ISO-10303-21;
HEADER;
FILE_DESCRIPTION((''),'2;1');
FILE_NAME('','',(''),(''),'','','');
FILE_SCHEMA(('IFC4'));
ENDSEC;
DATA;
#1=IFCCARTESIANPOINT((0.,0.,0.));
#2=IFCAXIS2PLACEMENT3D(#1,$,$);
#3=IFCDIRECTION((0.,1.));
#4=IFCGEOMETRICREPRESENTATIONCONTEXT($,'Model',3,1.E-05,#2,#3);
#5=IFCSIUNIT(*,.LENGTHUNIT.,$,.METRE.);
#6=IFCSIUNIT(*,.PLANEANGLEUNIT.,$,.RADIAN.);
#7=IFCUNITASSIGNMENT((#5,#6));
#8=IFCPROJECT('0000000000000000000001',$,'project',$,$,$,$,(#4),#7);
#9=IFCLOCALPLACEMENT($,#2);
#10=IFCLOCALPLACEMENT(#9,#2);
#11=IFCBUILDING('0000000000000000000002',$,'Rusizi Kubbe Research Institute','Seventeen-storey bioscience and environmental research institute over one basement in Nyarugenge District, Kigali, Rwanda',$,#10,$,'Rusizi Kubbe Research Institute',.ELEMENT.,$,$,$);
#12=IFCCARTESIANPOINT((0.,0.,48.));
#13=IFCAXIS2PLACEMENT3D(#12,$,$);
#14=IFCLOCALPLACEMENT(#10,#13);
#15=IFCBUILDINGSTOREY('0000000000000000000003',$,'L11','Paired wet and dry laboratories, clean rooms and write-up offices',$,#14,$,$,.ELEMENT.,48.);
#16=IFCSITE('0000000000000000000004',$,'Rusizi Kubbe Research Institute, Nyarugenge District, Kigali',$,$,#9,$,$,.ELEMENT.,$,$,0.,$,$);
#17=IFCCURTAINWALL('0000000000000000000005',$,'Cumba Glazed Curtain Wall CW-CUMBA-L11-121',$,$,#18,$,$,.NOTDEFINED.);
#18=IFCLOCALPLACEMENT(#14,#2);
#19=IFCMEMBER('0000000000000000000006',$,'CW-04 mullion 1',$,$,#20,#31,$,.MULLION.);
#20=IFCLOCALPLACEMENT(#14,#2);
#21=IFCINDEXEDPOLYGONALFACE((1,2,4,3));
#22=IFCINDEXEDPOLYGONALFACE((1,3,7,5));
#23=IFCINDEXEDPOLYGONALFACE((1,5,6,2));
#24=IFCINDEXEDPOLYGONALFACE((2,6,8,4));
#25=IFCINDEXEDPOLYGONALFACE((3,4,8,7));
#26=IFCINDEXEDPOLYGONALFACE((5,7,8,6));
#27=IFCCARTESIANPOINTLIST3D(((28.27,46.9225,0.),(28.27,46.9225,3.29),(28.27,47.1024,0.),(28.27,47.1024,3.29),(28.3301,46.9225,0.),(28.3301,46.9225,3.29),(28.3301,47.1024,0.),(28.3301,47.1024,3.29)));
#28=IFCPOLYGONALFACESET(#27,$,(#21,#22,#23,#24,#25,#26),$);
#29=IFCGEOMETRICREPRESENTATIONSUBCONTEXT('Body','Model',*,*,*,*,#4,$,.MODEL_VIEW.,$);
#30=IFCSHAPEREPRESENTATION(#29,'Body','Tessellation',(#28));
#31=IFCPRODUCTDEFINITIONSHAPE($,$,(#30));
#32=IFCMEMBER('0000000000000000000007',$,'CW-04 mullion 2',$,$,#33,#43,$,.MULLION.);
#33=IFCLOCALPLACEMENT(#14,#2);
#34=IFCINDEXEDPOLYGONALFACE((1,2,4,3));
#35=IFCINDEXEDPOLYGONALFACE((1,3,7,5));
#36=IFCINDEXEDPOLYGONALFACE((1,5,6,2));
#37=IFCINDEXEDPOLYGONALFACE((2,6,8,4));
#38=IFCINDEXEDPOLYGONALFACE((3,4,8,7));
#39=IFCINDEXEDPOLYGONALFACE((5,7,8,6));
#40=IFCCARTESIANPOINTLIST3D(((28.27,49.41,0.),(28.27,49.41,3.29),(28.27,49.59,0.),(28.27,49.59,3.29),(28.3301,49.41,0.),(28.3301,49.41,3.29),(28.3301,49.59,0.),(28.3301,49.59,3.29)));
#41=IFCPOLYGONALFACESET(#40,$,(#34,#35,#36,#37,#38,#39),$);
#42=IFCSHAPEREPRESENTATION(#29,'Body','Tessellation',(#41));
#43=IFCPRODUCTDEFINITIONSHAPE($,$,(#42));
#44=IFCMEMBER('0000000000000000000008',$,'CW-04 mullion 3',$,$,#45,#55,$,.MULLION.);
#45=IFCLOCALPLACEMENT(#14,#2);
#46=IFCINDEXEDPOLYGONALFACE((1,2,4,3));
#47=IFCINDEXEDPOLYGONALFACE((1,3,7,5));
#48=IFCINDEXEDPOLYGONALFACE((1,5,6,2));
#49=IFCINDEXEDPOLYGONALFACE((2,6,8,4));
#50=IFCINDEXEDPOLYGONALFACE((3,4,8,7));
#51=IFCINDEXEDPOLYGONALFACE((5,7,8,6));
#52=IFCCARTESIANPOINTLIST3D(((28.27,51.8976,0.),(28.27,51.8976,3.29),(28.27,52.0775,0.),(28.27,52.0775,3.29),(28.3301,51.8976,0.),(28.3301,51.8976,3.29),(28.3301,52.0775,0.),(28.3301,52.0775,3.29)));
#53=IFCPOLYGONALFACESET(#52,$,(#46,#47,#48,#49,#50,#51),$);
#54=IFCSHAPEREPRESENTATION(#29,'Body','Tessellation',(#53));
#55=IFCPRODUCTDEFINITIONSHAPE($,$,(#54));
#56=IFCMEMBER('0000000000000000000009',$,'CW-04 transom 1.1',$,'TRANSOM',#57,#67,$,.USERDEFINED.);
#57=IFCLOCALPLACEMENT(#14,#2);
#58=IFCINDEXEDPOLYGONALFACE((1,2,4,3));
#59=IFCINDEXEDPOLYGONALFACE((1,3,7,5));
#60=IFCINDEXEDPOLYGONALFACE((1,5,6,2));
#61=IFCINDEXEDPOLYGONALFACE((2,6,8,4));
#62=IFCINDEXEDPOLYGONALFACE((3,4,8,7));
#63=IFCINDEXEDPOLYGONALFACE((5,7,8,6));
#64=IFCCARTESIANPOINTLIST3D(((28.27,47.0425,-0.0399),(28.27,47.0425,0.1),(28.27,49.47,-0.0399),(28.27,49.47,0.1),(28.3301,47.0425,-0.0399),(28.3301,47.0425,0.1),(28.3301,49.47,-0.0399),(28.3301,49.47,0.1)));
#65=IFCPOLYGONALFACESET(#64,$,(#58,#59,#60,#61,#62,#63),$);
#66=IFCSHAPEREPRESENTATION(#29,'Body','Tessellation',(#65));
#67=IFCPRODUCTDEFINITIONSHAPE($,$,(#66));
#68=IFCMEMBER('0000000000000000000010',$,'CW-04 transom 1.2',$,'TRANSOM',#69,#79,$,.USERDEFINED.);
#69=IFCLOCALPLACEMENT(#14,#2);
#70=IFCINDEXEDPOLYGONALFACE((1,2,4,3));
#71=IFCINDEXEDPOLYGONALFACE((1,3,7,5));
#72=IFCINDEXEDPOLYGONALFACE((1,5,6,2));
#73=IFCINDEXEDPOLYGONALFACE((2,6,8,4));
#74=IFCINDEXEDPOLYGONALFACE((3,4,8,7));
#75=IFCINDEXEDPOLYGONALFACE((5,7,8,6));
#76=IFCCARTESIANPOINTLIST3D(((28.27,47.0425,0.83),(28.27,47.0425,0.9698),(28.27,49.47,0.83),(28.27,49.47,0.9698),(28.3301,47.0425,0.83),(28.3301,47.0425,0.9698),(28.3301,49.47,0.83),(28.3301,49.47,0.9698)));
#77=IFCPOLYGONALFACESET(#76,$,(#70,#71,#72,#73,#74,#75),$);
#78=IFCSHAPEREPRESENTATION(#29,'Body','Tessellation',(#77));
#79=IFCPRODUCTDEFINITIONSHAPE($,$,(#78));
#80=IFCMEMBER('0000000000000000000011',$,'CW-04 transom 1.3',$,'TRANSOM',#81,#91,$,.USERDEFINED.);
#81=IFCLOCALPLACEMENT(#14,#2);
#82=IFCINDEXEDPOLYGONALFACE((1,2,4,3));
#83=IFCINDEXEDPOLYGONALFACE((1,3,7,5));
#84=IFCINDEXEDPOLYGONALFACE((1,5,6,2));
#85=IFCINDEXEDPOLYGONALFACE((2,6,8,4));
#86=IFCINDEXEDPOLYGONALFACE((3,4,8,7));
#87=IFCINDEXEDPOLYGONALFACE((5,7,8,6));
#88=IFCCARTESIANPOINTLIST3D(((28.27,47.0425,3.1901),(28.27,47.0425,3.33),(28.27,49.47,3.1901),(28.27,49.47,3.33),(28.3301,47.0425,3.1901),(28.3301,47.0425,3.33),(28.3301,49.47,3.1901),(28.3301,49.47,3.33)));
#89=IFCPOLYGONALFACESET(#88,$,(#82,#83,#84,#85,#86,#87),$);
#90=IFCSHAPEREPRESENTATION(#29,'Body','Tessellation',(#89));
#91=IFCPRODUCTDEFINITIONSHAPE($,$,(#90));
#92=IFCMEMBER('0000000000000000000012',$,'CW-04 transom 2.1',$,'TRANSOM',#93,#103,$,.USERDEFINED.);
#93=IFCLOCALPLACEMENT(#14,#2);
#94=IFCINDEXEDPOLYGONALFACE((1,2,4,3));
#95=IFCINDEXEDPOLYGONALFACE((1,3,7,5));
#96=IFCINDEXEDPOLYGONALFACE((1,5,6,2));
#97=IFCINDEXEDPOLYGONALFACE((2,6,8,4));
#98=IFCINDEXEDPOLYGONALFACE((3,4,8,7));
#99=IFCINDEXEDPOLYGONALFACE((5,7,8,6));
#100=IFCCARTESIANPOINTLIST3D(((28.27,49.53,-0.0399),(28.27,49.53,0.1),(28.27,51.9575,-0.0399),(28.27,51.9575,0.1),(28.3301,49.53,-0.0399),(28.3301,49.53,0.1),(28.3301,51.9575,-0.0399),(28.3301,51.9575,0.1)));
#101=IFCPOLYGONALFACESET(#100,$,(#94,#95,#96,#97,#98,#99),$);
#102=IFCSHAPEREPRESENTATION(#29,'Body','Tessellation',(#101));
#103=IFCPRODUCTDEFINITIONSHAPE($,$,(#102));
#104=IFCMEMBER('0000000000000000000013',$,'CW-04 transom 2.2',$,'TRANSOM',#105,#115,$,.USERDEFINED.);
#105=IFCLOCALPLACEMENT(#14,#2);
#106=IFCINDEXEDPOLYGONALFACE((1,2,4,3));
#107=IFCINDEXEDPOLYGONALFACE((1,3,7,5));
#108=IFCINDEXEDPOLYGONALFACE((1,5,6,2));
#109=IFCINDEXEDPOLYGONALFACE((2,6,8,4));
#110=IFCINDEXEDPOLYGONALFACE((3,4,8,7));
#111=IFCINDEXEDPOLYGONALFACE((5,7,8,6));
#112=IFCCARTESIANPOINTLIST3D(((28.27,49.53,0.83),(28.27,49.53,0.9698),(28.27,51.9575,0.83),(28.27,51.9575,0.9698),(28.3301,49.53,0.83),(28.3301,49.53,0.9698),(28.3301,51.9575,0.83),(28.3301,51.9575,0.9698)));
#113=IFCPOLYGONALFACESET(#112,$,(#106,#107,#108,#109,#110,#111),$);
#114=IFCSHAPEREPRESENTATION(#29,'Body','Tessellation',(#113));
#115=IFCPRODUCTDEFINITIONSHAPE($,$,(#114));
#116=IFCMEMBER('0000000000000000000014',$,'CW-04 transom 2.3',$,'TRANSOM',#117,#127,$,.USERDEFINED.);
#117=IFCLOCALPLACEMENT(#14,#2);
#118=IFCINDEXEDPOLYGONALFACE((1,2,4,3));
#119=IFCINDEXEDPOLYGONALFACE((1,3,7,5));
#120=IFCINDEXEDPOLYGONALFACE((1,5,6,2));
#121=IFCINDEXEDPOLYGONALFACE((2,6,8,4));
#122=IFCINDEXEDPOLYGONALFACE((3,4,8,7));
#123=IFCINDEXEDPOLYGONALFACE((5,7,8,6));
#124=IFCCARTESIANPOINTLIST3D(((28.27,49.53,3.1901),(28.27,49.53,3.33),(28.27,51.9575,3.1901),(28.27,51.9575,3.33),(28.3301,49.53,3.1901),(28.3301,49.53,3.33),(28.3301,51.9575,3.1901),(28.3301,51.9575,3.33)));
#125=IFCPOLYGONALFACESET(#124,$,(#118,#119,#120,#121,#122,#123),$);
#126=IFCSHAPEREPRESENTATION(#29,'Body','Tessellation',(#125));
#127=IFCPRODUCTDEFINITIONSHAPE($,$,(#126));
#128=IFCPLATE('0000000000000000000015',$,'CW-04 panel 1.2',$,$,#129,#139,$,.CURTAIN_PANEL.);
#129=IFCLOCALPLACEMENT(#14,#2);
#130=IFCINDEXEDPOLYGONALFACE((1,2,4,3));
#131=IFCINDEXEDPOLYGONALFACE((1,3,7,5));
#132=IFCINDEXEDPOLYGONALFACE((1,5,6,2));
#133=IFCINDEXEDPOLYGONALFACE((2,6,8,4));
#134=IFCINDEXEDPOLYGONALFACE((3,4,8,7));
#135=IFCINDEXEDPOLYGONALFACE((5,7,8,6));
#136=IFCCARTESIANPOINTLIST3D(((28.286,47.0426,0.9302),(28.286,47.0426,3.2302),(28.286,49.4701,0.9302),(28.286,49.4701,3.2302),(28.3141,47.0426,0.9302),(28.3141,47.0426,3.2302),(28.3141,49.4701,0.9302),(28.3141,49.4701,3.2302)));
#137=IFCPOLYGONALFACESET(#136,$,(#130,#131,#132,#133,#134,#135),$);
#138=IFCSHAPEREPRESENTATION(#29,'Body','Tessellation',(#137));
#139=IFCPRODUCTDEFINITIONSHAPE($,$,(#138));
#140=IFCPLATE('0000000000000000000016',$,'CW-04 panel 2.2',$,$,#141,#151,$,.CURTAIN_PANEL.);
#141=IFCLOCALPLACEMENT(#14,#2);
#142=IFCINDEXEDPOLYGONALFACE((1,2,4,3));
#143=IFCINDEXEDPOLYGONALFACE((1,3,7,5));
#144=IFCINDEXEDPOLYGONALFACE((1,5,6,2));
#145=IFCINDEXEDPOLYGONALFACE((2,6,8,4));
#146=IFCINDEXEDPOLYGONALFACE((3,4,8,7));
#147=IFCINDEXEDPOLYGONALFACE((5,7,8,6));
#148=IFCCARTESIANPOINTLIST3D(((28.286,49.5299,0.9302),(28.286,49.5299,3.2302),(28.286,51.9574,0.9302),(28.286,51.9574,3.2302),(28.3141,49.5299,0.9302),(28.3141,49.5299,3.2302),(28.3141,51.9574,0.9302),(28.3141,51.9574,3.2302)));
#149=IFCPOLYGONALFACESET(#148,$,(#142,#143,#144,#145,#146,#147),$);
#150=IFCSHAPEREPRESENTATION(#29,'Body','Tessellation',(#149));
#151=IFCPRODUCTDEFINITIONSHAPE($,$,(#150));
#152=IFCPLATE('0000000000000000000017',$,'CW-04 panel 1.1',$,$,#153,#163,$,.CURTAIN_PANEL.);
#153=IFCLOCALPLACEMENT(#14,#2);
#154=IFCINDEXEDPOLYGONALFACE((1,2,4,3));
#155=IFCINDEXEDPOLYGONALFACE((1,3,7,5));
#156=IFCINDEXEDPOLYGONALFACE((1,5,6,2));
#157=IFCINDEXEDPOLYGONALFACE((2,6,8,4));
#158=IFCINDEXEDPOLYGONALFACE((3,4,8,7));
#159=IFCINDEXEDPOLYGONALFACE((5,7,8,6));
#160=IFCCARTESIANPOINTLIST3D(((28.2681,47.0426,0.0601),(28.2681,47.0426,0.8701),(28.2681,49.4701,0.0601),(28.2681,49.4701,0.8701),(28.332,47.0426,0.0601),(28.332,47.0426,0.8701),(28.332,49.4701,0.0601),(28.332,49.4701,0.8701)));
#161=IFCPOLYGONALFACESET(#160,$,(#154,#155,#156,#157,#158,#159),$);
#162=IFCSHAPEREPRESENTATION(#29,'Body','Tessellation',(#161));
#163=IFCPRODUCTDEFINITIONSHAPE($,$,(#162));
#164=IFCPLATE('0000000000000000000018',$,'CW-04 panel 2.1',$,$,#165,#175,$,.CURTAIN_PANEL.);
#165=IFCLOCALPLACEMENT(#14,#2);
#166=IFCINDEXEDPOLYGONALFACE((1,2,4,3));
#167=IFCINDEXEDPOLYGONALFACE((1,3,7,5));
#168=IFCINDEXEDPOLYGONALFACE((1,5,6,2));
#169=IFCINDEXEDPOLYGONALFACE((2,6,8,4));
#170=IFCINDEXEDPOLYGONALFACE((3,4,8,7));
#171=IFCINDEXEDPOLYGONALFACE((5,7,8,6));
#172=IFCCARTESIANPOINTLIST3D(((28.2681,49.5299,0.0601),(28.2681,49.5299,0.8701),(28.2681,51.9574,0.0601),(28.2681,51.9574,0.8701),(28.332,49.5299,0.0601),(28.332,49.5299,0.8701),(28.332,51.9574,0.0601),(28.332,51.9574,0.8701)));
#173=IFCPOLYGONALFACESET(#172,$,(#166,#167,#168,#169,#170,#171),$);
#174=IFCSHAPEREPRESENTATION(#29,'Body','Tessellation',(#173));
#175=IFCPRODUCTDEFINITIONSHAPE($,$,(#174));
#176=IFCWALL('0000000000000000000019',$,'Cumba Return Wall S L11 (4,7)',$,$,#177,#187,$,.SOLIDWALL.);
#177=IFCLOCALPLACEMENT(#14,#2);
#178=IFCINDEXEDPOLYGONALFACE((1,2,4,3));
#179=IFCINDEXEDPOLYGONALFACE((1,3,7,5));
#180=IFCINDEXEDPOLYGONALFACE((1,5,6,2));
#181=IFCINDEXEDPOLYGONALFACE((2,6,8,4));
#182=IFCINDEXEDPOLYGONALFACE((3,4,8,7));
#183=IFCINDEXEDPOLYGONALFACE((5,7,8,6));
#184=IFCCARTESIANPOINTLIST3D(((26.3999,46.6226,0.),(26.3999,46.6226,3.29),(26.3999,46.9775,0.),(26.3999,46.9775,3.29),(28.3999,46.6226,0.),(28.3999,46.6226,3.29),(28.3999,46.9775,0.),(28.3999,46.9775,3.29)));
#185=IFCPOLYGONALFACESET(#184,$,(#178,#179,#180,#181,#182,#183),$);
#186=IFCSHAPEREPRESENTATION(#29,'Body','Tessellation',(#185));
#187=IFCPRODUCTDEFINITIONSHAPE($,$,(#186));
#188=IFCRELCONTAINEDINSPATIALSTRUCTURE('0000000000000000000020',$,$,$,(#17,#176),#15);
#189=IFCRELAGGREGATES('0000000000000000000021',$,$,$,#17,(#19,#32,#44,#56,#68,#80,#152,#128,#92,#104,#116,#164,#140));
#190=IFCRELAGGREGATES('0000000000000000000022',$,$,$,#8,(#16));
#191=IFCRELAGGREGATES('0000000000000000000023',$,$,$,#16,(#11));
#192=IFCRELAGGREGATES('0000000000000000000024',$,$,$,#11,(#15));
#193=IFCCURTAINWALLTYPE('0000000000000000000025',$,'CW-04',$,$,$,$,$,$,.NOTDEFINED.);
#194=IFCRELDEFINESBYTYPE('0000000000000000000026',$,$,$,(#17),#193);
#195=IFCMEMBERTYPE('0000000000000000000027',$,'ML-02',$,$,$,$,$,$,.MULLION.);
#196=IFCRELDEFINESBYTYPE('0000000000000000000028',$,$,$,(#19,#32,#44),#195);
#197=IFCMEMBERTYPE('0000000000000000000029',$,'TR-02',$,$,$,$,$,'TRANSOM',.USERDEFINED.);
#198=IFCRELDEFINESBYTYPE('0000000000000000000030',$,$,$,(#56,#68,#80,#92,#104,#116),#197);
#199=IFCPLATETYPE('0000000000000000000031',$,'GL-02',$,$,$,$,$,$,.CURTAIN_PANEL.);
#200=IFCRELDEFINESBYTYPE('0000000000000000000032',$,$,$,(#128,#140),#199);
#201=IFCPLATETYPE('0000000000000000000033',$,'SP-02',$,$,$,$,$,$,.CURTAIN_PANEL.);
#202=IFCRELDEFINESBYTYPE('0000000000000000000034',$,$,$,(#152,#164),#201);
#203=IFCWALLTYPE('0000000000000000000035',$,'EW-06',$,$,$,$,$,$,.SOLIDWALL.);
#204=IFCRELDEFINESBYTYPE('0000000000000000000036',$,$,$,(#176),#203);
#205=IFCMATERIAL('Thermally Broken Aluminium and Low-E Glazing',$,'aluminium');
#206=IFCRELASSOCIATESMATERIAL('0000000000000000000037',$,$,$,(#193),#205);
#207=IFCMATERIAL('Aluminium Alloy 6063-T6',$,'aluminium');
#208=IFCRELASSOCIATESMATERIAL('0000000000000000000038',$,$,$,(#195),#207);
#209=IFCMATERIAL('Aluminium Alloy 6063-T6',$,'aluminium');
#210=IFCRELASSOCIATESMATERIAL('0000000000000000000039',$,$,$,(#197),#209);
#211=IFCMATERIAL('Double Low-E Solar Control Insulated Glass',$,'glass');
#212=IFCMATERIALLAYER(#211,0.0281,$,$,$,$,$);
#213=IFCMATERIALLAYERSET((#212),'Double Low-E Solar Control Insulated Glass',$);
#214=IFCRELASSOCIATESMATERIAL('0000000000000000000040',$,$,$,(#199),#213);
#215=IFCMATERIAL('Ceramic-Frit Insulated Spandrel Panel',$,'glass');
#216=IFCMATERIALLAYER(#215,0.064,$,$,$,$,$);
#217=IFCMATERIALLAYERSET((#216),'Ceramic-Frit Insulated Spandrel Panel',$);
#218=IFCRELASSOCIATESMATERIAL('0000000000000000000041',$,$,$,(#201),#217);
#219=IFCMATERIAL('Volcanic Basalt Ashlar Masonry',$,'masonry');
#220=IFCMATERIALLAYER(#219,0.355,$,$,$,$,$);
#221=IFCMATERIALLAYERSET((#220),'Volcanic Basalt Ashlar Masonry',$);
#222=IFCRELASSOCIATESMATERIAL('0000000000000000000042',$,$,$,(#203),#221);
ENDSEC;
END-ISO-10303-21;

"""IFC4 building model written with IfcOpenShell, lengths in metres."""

from ifc_helpers import new_model, si_unit, direction, frame, frame_2d, origin, origin_2d, place, context, subcontext, project, spatial, rectangle, extrude, material, layer, layer_set, material_profile, profile_set, type_object, element, aggregate, save


model = new_model("IFC4")

# Units and contexts
model_context = context("Model", 3, precision=1e-05, world=origin(), true_north=direction((0.0, 1.0)))
body_context = subcontext(model_context, "Body", "Model", "MODEL_VIEW")
ifc_project = project(units=[si_unit("LENGTHUNIT", "METRE"), si_unit("PLANEANGLEUNIT", "RADIAN")], contexts=[model_context])

# Site, building, storey
site_placement = place(None, origin())
site = spatial("IfcSite", under=ifc_project, at=site_placement, Name="Rusizi Kubbe Research Institute, Nyarugenge District, Kigali", CompositionType="ELEMENT", RefElevation=0.0)
building_placement = place(site_placement, origin())
building = spatial("IfcBuilding", under=site, at=building_placement, Name="Rusizi Kubbe Research Institute", Description="Seventeen-storey bioscience and environmental research institute over one basement in Nyarugenge District, Kigali, Rwanda", LongName="Rusizi Kubbe Research Institute", CompositionType="ELEMENT")
storey_placement = place(building_placement, frame((0.0, 0.0, 48.0)))
storey = spatial("IfcBuildingStorey", under=building, at=storey_placement, Name="L11", Description="Paired wet and dry laboratories, clean rooms and write-up offices", CompositionType="ELEMENT", Elevation=48.0)

# Curtain wall, members, plates
ifc_material_1 = material(Name="Thermally Broken Aluminium and Low-E Glazing", Category="aluminium")
curtain_wall_type = type_object("IfcCurtainWallType", Name="CW-04", PredefinedType="NOTDEFINED", material=ifc_material_1)
curtain_wall_placement = place(storey_placement, origin())
curtain_wall = element("IfcCurtainWall", 1, at=curtain_wall_placement, inside=storey, type_object=curtain_wall_type, Name="Cumba Glazed Curtain Wall CW-CUMBA-L11-121", PredefinedType="NOTDEFINED")
ifc_material_2 = material(Name="Aluminium Alloy 6063-T6", Category="aluminium")
ifc_material_profile_1 = material_profile(ifc_material_2, rectangle(XDim=0.0601, YDim=0.1799, at=origin_2d()), Name="ALU-M 60x180")
ifc_profile_set_1 = profile_set([ifc_material_profile_1], Name="Aluminium Alloy 6063-T6")
member_type_1 = type_object("IfcMemberType", Name="ML-02", PredefinedType="MULLION", material=ifc_profile_set_1)
member_1_placement = place(storey_placement, frame((28.3, 47.0125, 0.0), z_axis=(0.0, 0.0, 1.0), x_axis=(-1.0, 0.0, 0.0)))
member_1 = element("IfcMember", 2, at=member_1_placement, type_object=member_type_1, Name="CW-04 mullion 1", PredefinedType="MULLION", context=body_context, shape_type="SweptSolid", body=[
    extrude(rectangle(XDim=0.0601, YDim=0.1799, at=origin_2d()), origin(), (0.0, 0.0, 1.0), 3.29),
])
member_2_placement = place(storey_placement, frame((28.3, 49.5, 0.0), z_axis=(0.0, 0.0, 1.0), x_axis=(-1.0, 0.0, 0.0)))
member_2 = element("IfcMember", 3, at=member_2_placement, type_object=member_type_1, Name="CW-04 mullion 2", PredefinedType="MULLION", context=body_context, shape_type="SweptSolid", body=[
    extrude(rectangle(XDim=0.0601, YDim=0.1799, at=origin_2d()), origin(), (0.0, 0.0, 1.0), 3.29),
])
member_3_placement = place(storey_placement, frame((28.3, 51.9875, 0.0), z_axis=(0.0, 0.0, 1.0), x_axis=(-1.0, 0.0, 0.0)))
member_3 = element("IfcMember", 4, at=member_3_placement, type_object=member_type_1, Name="CW-04 mullion 3", PredefinedType="MULLION", context=body_context, shape_type="SweptSolid", body=[
    extrude(rectangle(XDim=0.0601, YDim=0.1799, at=origin_2d()), origin(), (0.0, 0.0, 1.0), 3.29),
])
ifc_material_3 = material(Name="Aluminium Alloy 6063-T6", Category="aluminium")
ifc_material_profile_2 = material_profile(ifc_material_3, rectangle(XDim=0.0601, YDim=0.1399, at=origin_2d()), Name="ALU-T 60x140")
ifc_profile_set_2 = profile_set([ifc_material_profile_2], Name="Aluminium Alloy 6063-T6")
member_type_2 = type_object("IfcMemberType", Name="TR-02", ElementType="TRANSOM", PredefinedType="USERDEFINED", material=ifc_profile_set_2)
member_4_placement = place(storey_placement, frame((28.3, 47.0425, 0.03), z_axis=(0.0, 1.0, 0.0), x_axis=(-1.0, 0.0, 0.0)))
member_4 = element("IfcMember", 5, at=member_4_placement, type_object=member_type_2, Name="CW-04 transom 1.1", ObjectType="TRANSOM", PredefinedType="USERDEFINED", context=body_context, shape_type="SweptSolid", body=[
    extrude(rectangle(XDim=0.0601, YDim=0.1399, at=origin_2d()), origin(), (0.0, 0.0, 1.0), 2.4275),
])
member_5_placement = place(storey_placement, frame((28.3, 47.0425, 0.8999), z_axis=(0.0, 1.0, 0.0), x_axis=(-1.0, 0.0, 0.0)))
member_5 = element("IfcMember", 6, at=member_5_placement, type_object=member_type_2, Name="CW-04 transom 1.2", ObjectType="TRANSOM", PredefinedType="USERDEFINED", context=body_context, shape_type="SweptSolid", body=[
    extrude(rectangle(XDim=0.0601, YDim=0.1399, at=origin_2d()), origin(), (0.0, 0.0, 1.0), 2.4275),
])
member_6_placement = place(storey_placement, frame((28.3, 47.0425, 3.26), z_axis=(0.0, 1.0, 0.0), x_axis=(-1.0, 0.0, 0.0)))
member_6 = element("IfcMember", 7, at=member_6_placement, type_object=member_type_2, Name="CW-04 transom 1.3", ObjectType="TRANSOM", PredefinedType="USERDEFINED", context=body_context, shape_type="SweptSolid", body=[
    extrude(rectangle(XDim=0.0601, YDim=0.1399, at=origin_2d()), origin(), (0.0, 0.0, 1.0), 2.4275),
])
member_7_placement = place(storey_placement, frame((28.3, 49.53, 0.03), z_axis=(0.0, 1.0, 0.0), x_axis=(-1.0, 0.0, 0.0)))
member_7 = element("IfcMember", 8, at=member_7_placement, type_object=member_type_2, Name="CW-04 transom 2.1", ObjectType="TRANSOM", PredefinedType="USERDEFINED", context=body_context, shape_type="SweptSolid", body=[
    extrude(rectangle(XDim=0.0601, YDim=0.1399, at=origin_2d()), origin(), (0.0, 0.0, 1.0), 2.4275),
])
member_8_placement = place(storey_placement, frame((28.3, 49.53, 0.8999), z_axis=(0.0, 1.0, 0.0), x_axis=(-1.0, 0.0, 0.0)))
member_8 = element("IfcMember", 9, at=member_8_placement, type_object=member_type_2, Name="CW-04 transom 2.2", ObjectType="TRANSOM", PredefinedType="USERDEFINED", context=body_context, shape_type="SweptSolid", body=[
    extrude(rectangle(XDim=0.0601, YDim=0.1399, at=origin_2d()), origin(), (0.0, 0.0, 1.0), 2.4275),
])
member_9_placement = place(storey_placement, frame((28.3, 49.53, 3.26), z_axis=(0.0, 1.0, 0.0), x_axis=(-1.0, 0.0, 0.0)))
member_9 = element("IfcMember", 10, at=member_9_placement, type_object=member_type_2, Name="CW-04 transom 2.3", ObjectType="TRANSOM", PredefinedType="USERDEFINED", context=body_context, shape_type="SweptSolid", body=[
    extrude(rectangle(XDim=0.0601, YDim=0.1399, at=origin_2d()), origin(), (0.0, 0.0, 1.0), 2.4275),
])
ifc_material_4 = material(Name="Double Low-E Solar Control Insulated Glass", Category="glass")
ifc_layer_1 = layer(ifc_material_4, 0.0281)
ifc_layer_set_1 = layer_set([ifc_layer_1], Name="Double Low-E Solar Control Insulated Glass")
plate_type_1 = type_object("IfcPlateType", Name="GL-02", PredefinedType="CURTAIN_PANEL", material=ifc_layer_set_1)
plate_1_placement = place(storey_placement, frame((28.3, 48.2563, 0.9302), z_axis=(0.0, 0.0, 1.0), x_axis=(0.0, 1.0, 0.0)))
plate_1 = element("IfcPlate", 11, at=plate_1_placement, type_object=plate_type_1, Name="CW-04 panel 1.2", PredefinedType="CURTAIN_PANEL", context=body_context, shape_type="SweptSolid", body=[
    extrude(rectangle(XDim=2.4275, YDim=0.0281, at=origin_2d()), origin(), (0.0, 0.0, 1.0), 2.3),
])
plate_2_placement = place(storey_placement, frame((28.3, 50.7437, 0.9302), z_axis=(0.0, 0.0, 1.0), x_axis=(0.0, 1.0, 0.0)))
plate_2 = element("IfcPlate", 12, at=plate_2_placement, type_object=plate_type_1, Name="CW-04 panel 2.2", PredefinedType="CURTAIN_PANEL", context=body_context, shape_type="SweptSolid", body=[
    extrude(rectangle(XDim=2.4275, YDim=0.0281, at=origin_2d()), origin(), (0.0, 0.0, 1.0), 2.3),
])
ifc_material_5 = material(Name="Ceramic-Frit Insulated Spandrel Panel", Category="glass")
ifc_layer_2 = layer(ifc_material_5, 0.064)
ifc_layer_set_2 = layer_set([ifc_layer_2], Name="Ceramic-Frit Insulated Spandrel Panel")
plate_type_2 = type_object("IfcPlateType", Name="SP-02", PredefinedType="CURTAIN_PANEL", material=ifc_layer_set_2)
plate_3_placement = place(storey_placement, frame((28.3, 48.2563, 0.0601), z_axis=(0.0, 0.0, 1.0), x_axis=(0.0, 1.0, 0.0)))
plate_3 = element("IfcPlate", 13, at=plate_3_placement, type_object=plate_type_2, Name="CW-04 panel 1.1", PredefinedType="CURTAIN_PANEL", context=body_context, shape_type="SweptSolid", body=[
    extrude(rectangle(XDim=2.4275, YDim=0.064, at=origin_2d()), origin(), (0.0, 0.0, 1.0), 0.8101),
])
plate_4_placement = place(storey_placement, frame((28.3, 50.7437, 0.0601), z_axis=(0.0, 0.0, 1.0), x_axis=(0.0, 1.0, 0.0)))
plate_4 = element("IfcPlate", 14, at=plate_4_placement, type_object=plate_type_2, Name="CW-04 panel 2.1", PredefinedType="CURTAIN_PANEL", context=body_context, shape_type="SweptSolid", body=[
    extrude(rectangle(XDim=2.4275, YDim=0.064, at=origin_2d()), origin(), (0.0, 0.0, 1.0), 0.8101),
])
aggregate(curtain_wall, [member_1, member_2, member_3, member_4, member_5, member_6, plate_3, plate_1, member_7, member_8, member_9, plate_4, plate_2])

# Wall
ifc_material_6 = material(Name="Volcanic Basalt Ashlar Masonry", Category="masonry")
ifc_layer_3 = layer(ifc_material_6, 0.355)
ifc_layer_set_3 = layer_set([ifc_layer_3], Name="Volcanic Basalt Ashlar Masonry")
wall_type_1 = type_object("IfcWallType", Name="EW-06", PredefinedType="SOLIDWALL", material=ifc_layer_set_3)
for number, where, z_axis, x_axis, name in (
    (15, (26.3999, 46.8, 0.0), (0.0, 0.0, 1.0), (1.0, 0.0, 0.0), "Cumba Return Wall S L11 (4,7)"),
):
    element("IfcWall", number, at=place(storey_placement, frame(where, z_axis=z_axis, x_axis=x_axis)), inside=storey, type_object=wall_type_1, Name=name, PredefinedType="SOLIDWALL", context=body_context, shape_type="SweptSolid", body=[
        extrude(rectangle(XDim=2.0, YDim=0.355, at=frame_2d((1.0, 0.0))), origin(), (0.0, 0.0, 1.0), 3.29),
    ])

save(model, "model.ifc")
